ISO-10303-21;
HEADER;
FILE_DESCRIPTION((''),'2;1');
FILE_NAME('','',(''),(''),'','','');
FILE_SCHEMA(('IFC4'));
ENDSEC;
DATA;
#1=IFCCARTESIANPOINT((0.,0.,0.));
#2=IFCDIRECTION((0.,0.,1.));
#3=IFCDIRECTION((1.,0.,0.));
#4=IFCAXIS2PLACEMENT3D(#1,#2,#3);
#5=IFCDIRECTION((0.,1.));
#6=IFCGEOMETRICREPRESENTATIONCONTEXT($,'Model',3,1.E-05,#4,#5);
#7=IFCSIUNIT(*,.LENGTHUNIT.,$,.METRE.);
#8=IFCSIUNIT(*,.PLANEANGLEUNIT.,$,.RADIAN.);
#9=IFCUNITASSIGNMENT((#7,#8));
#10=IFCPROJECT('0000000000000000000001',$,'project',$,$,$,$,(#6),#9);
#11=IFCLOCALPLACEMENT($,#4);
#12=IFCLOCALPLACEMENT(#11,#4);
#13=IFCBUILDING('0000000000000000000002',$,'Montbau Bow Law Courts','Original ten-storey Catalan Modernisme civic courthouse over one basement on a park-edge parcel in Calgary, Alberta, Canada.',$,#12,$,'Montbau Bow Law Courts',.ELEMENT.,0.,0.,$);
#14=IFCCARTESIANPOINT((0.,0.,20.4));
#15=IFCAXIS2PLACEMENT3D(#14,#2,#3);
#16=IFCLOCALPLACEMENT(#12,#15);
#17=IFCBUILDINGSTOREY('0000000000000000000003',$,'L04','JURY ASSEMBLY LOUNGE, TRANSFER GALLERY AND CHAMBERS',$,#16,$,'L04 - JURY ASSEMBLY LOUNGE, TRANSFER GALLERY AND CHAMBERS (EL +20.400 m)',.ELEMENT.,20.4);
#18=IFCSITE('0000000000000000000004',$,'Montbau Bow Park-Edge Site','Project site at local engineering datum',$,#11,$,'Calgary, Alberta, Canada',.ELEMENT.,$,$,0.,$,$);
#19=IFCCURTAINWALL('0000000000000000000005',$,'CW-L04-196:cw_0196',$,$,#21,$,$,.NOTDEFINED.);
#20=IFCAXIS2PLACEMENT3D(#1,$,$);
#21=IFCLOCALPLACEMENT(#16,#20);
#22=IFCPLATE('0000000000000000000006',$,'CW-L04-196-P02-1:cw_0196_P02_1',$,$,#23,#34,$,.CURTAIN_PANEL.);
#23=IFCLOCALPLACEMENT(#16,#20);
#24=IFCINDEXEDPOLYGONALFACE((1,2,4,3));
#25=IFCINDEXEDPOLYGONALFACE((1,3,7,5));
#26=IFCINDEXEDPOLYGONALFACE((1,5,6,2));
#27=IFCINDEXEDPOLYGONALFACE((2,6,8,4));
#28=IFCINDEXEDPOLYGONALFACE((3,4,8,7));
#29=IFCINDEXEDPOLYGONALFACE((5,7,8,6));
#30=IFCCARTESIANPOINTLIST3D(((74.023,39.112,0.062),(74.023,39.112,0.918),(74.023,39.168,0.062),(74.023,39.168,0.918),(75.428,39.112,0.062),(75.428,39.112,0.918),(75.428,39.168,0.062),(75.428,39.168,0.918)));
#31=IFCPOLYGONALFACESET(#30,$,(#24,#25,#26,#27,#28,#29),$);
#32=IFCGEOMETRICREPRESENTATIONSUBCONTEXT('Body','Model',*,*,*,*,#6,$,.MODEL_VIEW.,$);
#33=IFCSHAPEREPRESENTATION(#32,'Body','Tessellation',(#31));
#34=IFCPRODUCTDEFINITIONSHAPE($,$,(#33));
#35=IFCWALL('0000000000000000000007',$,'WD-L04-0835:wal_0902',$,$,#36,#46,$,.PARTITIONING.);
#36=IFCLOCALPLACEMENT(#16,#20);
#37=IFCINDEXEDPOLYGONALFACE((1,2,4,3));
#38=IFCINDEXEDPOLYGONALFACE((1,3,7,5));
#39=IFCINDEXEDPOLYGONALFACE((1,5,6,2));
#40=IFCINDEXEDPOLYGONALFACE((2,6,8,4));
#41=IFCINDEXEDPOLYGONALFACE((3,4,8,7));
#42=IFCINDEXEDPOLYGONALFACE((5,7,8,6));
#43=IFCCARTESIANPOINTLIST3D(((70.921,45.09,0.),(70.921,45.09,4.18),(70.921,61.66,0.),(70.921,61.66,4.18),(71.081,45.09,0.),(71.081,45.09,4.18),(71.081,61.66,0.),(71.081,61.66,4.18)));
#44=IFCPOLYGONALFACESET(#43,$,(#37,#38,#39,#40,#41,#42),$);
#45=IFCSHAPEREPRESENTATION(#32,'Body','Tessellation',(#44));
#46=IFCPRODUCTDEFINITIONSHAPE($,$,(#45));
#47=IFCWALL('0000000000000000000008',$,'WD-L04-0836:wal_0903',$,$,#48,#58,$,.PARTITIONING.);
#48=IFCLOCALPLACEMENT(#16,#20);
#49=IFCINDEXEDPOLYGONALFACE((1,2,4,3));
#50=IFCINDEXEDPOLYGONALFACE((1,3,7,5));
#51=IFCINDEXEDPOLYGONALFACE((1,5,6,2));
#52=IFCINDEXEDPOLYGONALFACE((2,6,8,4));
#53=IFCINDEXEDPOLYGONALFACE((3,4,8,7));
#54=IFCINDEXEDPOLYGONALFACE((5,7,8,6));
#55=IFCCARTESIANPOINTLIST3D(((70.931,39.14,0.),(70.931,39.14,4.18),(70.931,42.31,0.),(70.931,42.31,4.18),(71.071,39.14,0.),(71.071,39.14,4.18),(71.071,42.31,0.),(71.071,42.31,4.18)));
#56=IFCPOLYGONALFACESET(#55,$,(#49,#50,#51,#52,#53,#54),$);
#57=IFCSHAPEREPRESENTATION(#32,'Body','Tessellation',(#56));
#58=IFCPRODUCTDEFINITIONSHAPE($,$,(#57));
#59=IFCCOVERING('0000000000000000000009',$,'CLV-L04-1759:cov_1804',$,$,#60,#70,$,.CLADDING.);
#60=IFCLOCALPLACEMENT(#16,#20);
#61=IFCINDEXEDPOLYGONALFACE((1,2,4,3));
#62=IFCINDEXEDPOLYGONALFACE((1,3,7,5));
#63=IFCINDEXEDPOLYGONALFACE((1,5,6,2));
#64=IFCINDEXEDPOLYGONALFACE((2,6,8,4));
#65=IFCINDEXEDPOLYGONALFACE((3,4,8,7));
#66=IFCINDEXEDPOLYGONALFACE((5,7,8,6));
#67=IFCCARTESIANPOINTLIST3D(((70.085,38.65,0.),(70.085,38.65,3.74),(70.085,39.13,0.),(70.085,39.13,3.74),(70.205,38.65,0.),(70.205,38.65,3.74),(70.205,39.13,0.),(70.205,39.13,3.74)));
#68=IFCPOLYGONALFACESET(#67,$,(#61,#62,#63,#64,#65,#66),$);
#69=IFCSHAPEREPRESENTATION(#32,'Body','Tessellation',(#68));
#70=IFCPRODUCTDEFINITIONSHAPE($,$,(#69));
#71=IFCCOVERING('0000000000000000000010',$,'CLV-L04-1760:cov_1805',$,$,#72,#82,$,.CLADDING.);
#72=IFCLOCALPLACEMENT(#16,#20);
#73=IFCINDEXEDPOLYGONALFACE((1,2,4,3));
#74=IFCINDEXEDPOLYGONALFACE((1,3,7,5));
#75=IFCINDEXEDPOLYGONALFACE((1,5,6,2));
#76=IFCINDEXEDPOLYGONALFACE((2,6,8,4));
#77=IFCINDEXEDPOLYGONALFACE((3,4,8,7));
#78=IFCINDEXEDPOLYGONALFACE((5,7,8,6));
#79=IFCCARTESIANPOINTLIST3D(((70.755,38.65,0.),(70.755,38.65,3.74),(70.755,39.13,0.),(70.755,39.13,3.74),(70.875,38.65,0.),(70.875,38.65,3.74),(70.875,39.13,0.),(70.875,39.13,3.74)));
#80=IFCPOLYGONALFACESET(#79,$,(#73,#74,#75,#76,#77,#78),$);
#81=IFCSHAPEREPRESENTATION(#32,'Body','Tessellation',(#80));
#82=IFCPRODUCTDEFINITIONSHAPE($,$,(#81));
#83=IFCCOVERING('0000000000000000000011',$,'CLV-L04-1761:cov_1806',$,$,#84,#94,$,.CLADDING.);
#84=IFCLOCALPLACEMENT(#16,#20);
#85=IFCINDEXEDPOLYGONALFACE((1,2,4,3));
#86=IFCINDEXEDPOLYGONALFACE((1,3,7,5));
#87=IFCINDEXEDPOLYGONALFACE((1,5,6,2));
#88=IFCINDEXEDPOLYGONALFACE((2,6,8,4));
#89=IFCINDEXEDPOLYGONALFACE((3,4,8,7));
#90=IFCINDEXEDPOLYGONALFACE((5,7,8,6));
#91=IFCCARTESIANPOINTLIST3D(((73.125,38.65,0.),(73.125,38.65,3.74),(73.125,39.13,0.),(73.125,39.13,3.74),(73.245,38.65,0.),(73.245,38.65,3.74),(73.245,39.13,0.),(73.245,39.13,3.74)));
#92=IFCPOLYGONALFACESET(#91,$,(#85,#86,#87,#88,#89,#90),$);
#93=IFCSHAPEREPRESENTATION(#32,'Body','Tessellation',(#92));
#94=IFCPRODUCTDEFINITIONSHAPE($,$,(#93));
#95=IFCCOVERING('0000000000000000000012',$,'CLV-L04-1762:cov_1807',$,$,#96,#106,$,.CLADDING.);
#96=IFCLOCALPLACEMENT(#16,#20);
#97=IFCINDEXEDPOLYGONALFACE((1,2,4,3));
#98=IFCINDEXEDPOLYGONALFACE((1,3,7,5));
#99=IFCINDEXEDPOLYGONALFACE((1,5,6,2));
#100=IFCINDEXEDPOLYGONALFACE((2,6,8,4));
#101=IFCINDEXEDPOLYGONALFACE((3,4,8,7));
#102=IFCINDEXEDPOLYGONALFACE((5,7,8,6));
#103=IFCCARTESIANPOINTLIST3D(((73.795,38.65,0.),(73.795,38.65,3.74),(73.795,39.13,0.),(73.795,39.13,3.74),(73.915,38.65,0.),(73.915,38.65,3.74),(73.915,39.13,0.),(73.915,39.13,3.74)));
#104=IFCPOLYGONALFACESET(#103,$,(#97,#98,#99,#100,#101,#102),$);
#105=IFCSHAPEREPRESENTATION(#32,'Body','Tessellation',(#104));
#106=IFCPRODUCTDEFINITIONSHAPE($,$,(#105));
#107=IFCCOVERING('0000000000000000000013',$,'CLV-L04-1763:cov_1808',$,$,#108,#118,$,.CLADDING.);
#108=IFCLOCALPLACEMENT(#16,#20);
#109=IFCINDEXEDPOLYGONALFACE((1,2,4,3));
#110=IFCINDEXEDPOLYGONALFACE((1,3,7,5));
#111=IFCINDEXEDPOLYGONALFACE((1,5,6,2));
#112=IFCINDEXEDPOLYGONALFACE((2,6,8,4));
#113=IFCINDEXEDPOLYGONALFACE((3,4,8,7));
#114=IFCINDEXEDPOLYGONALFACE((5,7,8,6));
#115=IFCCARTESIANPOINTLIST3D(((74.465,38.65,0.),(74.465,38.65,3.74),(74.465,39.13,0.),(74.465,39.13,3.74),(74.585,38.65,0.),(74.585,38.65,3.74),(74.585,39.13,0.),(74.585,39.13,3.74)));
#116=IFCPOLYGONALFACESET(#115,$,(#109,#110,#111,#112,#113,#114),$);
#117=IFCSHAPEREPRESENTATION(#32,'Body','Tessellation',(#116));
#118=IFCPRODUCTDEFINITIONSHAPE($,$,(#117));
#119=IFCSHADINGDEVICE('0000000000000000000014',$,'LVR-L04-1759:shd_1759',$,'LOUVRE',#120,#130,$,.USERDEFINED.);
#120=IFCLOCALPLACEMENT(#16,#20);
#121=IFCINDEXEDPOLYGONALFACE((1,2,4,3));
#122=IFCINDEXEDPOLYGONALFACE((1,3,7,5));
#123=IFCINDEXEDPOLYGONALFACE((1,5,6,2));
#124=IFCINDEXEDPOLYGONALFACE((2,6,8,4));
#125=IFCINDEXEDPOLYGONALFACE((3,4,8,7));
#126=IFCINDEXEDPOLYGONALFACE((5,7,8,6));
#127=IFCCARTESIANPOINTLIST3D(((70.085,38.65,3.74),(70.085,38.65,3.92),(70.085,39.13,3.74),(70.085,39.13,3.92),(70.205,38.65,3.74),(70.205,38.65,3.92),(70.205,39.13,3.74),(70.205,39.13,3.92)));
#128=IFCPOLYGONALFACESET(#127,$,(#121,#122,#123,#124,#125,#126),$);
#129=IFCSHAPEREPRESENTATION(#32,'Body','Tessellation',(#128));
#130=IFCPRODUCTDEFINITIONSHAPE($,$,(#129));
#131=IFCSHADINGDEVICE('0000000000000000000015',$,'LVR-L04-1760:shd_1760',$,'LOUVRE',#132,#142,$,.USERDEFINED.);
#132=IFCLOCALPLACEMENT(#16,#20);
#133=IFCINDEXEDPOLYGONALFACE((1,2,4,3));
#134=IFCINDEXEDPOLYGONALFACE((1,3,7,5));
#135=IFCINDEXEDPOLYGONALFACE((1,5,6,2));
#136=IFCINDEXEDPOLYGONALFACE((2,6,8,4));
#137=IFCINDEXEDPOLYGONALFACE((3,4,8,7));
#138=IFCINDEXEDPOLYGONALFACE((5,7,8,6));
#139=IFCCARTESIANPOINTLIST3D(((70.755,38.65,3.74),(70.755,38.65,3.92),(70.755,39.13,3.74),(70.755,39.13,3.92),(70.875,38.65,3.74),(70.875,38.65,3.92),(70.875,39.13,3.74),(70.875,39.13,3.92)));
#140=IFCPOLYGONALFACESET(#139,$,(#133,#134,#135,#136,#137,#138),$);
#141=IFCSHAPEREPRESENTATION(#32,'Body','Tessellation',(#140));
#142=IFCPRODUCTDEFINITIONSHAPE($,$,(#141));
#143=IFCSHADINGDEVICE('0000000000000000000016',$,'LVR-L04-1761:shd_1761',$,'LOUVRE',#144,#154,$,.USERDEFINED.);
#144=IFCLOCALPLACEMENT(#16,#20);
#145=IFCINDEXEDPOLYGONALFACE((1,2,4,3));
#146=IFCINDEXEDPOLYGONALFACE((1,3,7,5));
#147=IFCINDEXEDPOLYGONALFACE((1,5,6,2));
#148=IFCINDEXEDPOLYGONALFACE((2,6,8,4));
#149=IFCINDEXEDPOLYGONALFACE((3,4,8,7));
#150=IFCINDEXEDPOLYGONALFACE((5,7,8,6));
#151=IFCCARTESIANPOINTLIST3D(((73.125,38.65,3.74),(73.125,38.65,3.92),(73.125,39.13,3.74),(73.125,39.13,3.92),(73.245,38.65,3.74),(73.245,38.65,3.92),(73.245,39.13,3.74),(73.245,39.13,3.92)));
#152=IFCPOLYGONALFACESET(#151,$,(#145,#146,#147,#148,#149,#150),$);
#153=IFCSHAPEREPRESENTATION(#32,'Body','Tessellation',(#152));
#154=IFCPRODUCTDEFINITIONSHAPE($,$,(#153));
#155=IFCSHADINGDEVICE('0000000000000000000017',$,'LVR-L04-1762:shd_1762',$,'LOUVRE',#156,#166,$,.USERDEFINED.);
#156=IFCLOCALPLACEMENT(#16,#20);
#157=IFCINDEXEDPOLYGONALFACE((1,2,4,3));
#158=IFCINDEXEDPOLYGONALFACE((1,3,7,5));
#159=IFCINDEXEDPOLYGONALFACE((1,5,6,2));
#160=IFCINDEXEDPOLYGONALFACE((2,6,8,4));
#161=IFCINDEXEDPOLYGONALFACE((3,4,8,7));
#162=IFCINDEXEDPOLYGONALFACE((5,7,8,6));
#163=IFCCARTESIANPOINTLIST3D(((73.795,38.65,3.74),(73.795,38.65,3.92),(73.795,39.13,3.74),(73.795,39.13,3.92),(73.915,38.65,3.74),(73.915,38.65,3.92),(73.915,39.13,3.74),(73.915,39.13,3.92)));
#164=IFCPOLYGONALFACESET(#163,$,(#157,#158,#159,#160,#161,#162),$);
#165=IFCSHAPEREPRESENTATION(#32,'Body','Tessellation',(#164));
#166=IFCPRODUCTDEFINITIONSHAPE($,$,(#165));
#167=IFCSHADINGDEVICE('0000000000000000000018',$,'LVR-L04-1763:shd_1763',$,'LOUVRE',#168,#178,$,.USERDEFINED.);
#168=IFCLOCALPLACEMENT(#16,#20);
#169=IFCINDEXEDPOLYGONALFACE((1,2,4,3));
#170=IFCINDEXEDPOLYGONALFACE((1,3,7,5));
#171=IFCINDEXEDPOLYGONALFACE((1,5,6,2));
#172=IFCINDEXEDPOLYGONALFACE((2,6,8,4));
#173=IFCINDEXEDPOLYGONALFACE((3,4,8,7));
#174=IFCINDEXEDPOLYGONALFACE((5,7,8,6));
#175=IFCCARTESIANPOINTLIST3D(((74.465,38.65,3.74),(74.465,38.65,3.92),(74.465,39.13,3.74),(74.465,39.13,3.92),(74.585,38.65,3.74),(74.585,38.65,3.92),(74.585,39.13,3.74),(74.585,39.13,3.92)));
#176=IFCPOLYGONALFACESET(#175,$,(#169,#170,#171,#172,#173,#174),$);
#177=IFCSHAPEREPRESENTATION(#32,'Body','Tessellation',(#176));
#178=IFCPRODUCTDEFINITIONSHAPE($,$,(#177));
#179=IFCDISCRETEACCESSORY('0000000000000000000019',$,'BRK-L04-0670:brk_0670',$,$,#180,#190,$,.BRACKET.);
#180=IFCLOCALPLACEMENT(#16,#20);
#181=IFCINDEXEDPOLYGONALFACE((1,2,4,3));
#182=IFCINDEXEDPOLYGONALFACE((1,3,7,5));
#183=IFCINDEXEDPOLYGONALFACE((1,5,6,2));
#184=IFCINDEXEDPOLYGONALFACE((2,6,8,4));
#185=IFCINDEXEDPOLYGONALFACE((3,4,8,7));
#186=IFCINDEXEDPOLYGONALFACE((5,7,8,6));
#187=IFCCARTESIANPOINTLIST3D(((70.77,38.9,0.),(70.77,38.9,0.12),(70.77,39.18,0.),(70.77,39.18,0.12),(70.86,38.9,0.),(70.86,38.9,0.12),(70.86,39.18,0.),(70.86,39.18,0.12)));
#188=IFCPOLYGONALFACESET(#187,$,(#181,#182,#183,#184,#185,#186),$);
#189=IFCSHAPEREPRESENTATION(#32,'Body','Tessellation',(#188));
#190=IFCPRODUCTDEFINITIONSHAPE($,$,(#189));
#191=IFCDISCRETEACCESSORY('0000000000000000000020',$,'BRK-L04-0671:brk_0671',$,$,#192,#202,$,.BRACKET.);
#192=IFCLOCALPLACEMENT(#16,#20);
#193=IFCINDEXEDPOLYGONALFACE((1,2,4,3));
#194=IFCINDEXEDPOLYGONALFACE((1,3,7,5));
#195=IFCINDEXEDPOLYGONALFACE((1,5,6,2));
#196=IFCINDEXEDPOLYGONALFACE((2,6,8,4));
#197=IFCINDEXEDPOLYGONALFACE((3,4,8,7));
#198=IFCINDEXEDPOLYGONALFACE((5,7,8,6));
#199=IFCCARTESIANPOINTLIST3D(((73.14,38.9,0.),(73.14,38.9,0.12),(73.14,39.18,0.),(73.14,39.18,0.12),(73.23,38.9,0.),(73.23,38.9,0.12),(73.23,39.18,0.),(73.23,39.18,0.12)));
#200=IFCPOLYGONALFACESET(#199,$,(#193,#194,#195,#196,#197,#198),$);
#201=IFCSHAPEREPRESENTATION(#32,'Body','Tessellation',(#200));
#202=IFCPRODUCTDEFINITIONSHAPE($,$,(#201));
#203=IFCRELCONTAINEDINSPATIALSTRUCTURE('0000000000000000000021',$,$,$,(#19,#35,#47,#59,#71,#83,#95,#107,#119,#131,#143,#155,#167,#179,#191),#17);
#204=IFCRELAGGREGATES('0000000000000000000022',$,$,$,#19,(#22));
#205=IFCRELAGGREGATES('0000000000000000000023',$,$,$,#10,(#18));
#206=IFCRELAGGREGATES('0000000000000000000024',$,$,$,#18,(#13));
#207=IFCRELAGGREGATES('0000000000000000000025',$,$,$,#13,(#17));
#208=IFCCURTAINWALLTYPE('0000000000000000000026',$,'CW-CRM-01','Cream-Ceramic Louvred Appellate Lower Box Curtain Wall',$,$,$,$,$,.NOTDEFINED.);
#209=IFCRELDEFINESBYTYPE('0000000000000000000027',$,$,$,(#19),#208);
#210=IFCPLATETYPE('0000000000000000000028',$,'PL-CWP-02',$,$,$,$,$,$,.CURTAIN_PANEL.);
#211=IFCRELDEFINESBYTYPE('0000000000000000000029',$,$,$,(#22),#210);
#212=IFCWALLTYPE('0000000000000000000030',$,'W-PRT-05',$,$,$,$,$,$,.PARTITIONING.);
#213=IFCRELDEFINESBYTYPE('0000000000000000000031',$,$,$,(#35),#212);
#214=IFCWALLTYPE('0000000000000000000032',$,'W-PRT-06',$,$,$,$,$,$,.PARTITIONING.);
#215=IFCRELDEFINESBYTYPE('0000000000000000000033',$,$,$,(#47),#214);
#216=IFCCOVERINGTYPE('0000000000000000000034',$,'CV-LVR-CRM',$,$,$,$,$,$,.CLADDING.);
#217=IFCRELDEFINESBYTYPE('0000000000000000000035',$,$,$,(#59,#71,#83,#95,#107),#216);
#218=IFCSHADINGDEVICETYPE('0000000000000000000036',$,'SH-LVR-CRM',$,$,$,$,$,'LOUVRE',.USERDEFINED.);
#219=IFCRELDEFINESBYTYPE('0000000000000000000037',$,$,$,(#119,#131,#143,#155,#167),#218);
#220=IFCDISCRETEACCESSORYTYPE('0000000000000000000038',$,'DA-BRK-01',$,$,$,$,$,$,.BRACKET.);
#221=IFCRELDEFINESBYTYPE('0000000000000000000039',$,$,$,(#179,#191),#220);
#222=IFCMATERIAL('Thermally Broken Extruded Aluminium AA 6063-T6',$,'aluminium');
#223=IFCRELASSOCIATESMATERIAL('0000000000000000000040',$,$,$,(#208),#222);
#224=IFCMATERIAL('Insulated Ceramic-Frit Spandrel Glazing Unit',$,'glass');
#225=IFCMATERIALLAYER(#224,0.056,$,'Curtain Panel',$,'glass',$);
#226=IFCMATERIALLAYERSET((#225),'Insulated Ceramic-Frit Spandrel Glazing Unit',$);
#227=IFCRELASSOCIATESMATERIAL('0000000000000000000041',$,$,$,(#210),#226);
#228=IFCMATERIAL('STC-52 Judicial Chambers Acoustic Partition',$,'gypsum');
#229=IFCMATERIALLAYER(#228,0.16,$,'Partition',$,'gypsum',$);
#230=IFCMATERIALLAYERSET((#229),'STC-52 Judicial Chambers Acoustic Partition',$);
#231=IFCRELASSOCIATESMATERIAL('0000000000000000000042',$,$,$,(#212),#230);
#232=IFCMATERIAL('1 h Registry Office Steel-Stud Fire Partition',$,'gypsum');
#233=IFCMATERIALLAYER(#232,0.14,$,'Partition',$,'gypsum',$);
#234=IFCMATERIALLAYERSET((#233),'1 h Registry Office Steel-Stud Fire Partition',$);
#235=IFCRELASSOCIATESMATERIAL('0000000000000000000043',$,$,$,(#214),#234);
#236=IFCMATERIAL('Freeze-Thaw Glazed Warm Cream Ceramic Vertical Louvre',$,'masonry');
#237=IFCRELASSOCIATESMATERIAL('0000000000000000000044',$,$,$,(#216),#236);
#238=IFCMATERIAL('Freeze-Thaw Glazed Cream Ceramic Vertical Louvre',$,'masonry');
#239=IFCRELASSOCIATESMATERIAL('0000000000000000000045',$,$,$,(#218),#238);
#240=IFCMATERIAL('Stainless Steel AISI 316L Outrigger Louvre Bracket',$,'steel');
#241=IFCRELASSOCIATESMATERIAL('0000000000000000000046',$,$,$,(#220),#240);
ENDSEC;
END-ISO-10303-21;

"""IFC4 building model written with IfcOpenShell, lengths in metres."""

from ifc_helpers import new_model, si_unit, direction, frame, frame_2d, origin_with_axes, origin_2d_with_axis, place, context, subcontext, project, spatial, rectangle, extrude, material, layer, layer_set, type_object, element, aggregate, save


model = new_model("IFC4")

# Units and contexts
model_context = context("Model", 3, precision=1e-05, world=origin_with_axes(), true_north=direction((0.0, 1.0)))
body_context = subcontext(model_context, "Body", "Model", "MODEL_VIEW")
ifc_project = project(units=[si_unit("LENGTHUNIT", "METRE"), si_unit("PLANEANGLEUNIT", "RADIAN")], contexts=[model_context])

# Site, building, storey
site_placement = place(None, origin_with_axes())
site = spatial("IfcSite", under=ifc_project, at=site_placement, Name="Montbau Bow Park-Edge Site", Description="Project site at local engineering datum", LongName="Calgary, Alberta, Canada", CompositionType="ELEMENT", RefElevation=0.0)
building_placement = place(site_placement, origin_with_axes())
building = spatial("IfcBuilding", under=site, at=building_placement, Name="Montbau Bow Law Courts", Description="Original ten-storey Catalan Modernisme civic courthouse over one basement on a park-edge parcel in Calgary, Alberta, Canada.", LongName="Montbau Bow Law Courts", CompositionType="ELEMENT", ElevationOfRefHeight=0.0, ElevationOfTerrain=0.0)
storey_placement = place(building_placement, frame((0.0, 0.0, 20.4), z_axis=(0.0, 0.0, 1.0), x_axis=(1.0, 0.0, 0.0)))
storey = spatial("IfcBuildingStorey", under=building, at=storey_placement, Name="L04", Description="JURY ASSEMBLY LOUNGE, TRANSFER GALLERY AND CHAMBERS", LongName="L04 - JURY ASSEMBLY LOUNGE, TRANSFER GALLERY AND CHAMBERS (EL +20.400 m)", CompositionType="ELEMENT", Elevation=20.4)

# Shared definitions
ifc_material_1 = material(Name="Thermally Broken Extruded Aluminium AA 6063-T6", Category="aluminium")
curtain_wall_type = type_object("IfcCurtainWallType", Name="CW-CRM-01", Description="Cream-Ceramic Louvred Appellate Lower Box Curtain Wall", PredefinedType="NOTDEFINED", material=ifc_material_1)

# Curtain wall, plate
curtain_wall_1_placement = place(None, frame((72.515, 39.14, 20.4), z_axis=(0.0, 0.0, 1.0), x_axis=(1.0, 0.0, 0.0)))
curtain_wall_1 = element("IfcCurtainWall", 1, at=curtain_wall_1_placement, inside=storey, type_object=curtain_wall_type, Name="CW-L04-196:cw_0196", PredefinedType="NOTDEFINED")
ifc_material_2 = material(Name="Insulated Ceramic-Frit Spandrel Glazing Unit", Category="glass")
ifc_layer_1 = layer(ifc_material_2, 0.056, Name="Curtain Panel", Category="glass")
ifc_layer_set_1 = layer_set([ifc_layer_1], Name="Insulated Ceramic-Frit Spandrel Glazing Unit")
plate_type_1 = type_object("IfcPlateType", Name="PL-CWP-02", PredefinedType="CURTAIN_PANEL", material=ifc_layer_set_1)
plate_1_placement = place(None, frame((74.023, 39.14, 20.462), z_axis=(0.0, -1.0, 0.0), x_axis=(1.0, 0.0, 0.0)))
plate_1 = element("IfcPlate", 2, at=plate_1_placement, type_object=plate_type_1, Name="CW-L04-196-P02-1:cw_0196_P02_1", PredefinedType="CURTAIN_PANEL", context=body_context, shape_type="SweptSolid", body=[
    extrude(rectangle(XDim=1.405, YDim=0.856, at=frame_2d((0.7025, 0.428), x_axis=(1.0, 0.0))), frame((0.0, 0.0, -0.028), z_axis=(0.0, 0.0, 1.0), x_axis=(1.0, 0.0, 0.0)), (0.0, 0.0, 1.0), 0.056),
])
aggregate(curtain_wall_1, [plate_1])

# Walls
ifc_material_3 = material(Name="STC-52 Judicial Chambers Acoustic Partition", Category="gypsum")
ifc_layer_2 = layer(ifc_material_3, 0.16, Name="Partition", Category="gypsum")
ifc_layer_set_2 = layer_set([ifc_layer_2], Name="STC-52 Judicial Chambers Acoustic Partition")
wall_type_1 = type_object("IfcWallType", Name="W-PRT-05", PredefinedType="PARTITIONING", material=ifc_layer_set_2)
wall_1_placement = place(None, frame((71.001, 45.09, 20.4), z_axis=(0.0, 0.0, 1.0), x_axis=(0.0, 1.0, 0.0)))
element("IfcWall", 3, at=wall_1_placement, inside=storey, type_object=wall_type_1, Name="WD-L04-0835:wal_0902", PredefinedType="PARTITIONING", context=body_context, shape_type="SweptSolid", body=[
    extrude(rectangle(XDim=16.57, YDim=0.16, at=frame_2d((8.285, 0.0), x_axis=(1.0, 0.0))), origin_with_axes(), (0.0, 0.0, 1.0), 4.18),
])
ifc_material_4 = material(Name="1 h Registry Office Steel-Stud Fire Partition", Category="gypsum")
ifc_layer_3 = layer(ifc_material_4, 0.14, Name="Partition", Category="gypsum")
ifc_layer_set_3 = layer_set([ifc_layer_3], Name="1 h Registry Office Steel-Stud Fire Partition")
wall_type_2 = type_object("IfcWallType", Name="W-PRT-06", PredefinedType="PARTITIONING", material=ifc_layer_set_3)
wall_2_placement = place(None, frame((71.001, 39.14, 20.4), z_axis=(0.0, 0.0, 1.0), x_axis=(0.0, 1.0, 0.0)))
element("IfcWall", 4, at=wall_2_placement, inside=storey, type_object=wall_type_2, Name="WD-L04-0836:wal_0903", PredefinedType="PARTITIONING", context=body_context, shape_type="SweptSolid", body=[
    extrude(rectangle(XDim=3.17, YDim=0.14, at=frame_2d((1.585, 0.0), x_axis=(1.0, 0.0))), origin_with_axes(), (0.0, 0.0, 1.0), 4.18),
])

# Coverings
ifc_material_5 = material(Name="Freeze-Thaw Glazed Warm Cream Ceramic Vertical Louvre", Category="masonry")
covering_type = type_object("IfcCoveringType", Name="CV-LVR-CRM", PredefinedType="CLADDING", material=ifc_material_5)
for number, where, z_axis, x_axis, name in (
    (5, (70.145, 39.13, 20.4), (-1.0, 0.0, 0.0), (0.0, -1.0, 0.0), "CLV-L04-1759:cov_1804"),
    (6, (70.815, 39.13, 20.4), (-1.0, 0.0, 0.0), (0.0, -1.0, 0.0), "CLV-L04-1760:cov_1805"),
    (7, (73.185, 39.13, 20.4), (-1.0, 0.0, 0.0), (0.0, -1.0, 0.0), "CLV-L04-1761:cov_1806"),
    (8, (73.855, 39.13, 20.4), (-1.0, 0.0, 0.0), (0.0, -1.0, 0.0), "CLV-L04-1762:cov_1807"),
    (9, (74.525, 39.13, 20.4), (-1.0, 0.0, 0.0), (0.0, -1.0, 0.0), "CLV-L04-1763:cov_1808"),
):
    element("IfcCovering", number, at=place(None, frame(where, z_axis=z_axis, x_axis=x_axis)), inside=storey, type_object=covering_type, Name=name, PredefinedType="CLADDING", context=body_context, shape_type="SweptSolid", body=[
        extrude(rectangle(XDim=0.48, YDim=3.74, at=frame_2d((0.24, 1.87), x_axis=(1.0, 0.0))), frame((0.0, 0.0, -0.06), z_axis=(0.0, 0.0, 1.0), x_axis=(1.0, 0.0, 0.0)), (0.0, 0.0, 1.0), 0.12),
    ])

# Shading devices
ifc_material_6 = material(Name="Freeze-Thaw Glazed Cream Ceramic Vertical Louvre", Category="masonry")
shading_device_type = type_object("IfcShadingDeviceType", Name="SH-LVR-CRM", ElementType="LOUVRE", PredefinedType="USERDEFINED", material=ifc_material_6)
for number, where, z_axis, x_axis, name in (
    (10, (70.145, 38.89, 24.14), (0.0, 0.0, 1.0), (0.0, -1.0, 0.0), "LVR-L04-1759:shd_1759"),
    (11, (70.815, 38.89, 24.14), (0.0, 0.0, 1.0), (0.0, -1.0, 0.0), "LVR-L04-1760:shd_1760"),
    (12, (73.185, 38.89, 24.14), (0.0, 0.0, 1.0), (0.0, -1.0, 0.0), "LVR-L04-1761:shd_1761"),
    (13, (73.855, 38.89, 24.14), (0.0, 0.0, 1.0), (0.0, -1.0, 0.0), "LVR-L04-1762:shd_1762"),
    (14, (74.525, 38.89, 24.14), (0.0, 0.0, 1.0), (0.0, -1.0, 0.0), "LVR-L04-1763:shd_1763"),
):
    element("IfcShadingDevice", number, at=place(None, frame(where, z_axis=z_axis, x_axis=x_axis)), inside=storey, type_object=shading_device_type, Name=name, ObjectType="LOUVRE", PredefinedType="USERDEFINED", context=body_context, shape_type="SweptSolid", body=[
        extrude(rectangle(XDim=0.48, YDim=0.12, at=origin_2d_with_axis()), origin_with_axes(), (0.0, 0.0, 1.0), 0.18),
    ])

# Discrete accessories
ifc_material_7 = material(Name="Stainless Steel AISI 316L Outrigger Louvre Bracket", Category="steel")
discrete_accessory_type = type_object("IfcDiscreteAccessoryType", Name="DA-BRK-01", PredefinedType="BRACKET", material=ifc_material_7)
for number, where, z_axis, x_axis, name in (
    (15, (70.815, 39.04, 20.4), (0.0, 0.0, 1.0), (0.0, -1.0, 0.0), "BRK-L04-0670:brk_0670"),
    (16, (73.185, 39.04, 20.4), (0.0, 0.0, 1.0), (0.0, -1.0, 0.0), "BRK-L04-0671:brk_0671"),
):
    element("IfcDiscreteAccessory", number, at=place(None, frame(where, z_axis=z_axis, x_axis=x_axis)), inside=storey, type_object=discrete_accessory_type, Name=name, PredefinedType="BRACKET", context=body_context, shape_type="SweptSolid", body=[
        extrude(rectangle(XDim=0.28, YDim=0.09, at=origin_2d_with_axis()), origin_with_axes(), (0.0, 0.0, 1.0), 0.12),
    ])

save(model, "model.ifc")
